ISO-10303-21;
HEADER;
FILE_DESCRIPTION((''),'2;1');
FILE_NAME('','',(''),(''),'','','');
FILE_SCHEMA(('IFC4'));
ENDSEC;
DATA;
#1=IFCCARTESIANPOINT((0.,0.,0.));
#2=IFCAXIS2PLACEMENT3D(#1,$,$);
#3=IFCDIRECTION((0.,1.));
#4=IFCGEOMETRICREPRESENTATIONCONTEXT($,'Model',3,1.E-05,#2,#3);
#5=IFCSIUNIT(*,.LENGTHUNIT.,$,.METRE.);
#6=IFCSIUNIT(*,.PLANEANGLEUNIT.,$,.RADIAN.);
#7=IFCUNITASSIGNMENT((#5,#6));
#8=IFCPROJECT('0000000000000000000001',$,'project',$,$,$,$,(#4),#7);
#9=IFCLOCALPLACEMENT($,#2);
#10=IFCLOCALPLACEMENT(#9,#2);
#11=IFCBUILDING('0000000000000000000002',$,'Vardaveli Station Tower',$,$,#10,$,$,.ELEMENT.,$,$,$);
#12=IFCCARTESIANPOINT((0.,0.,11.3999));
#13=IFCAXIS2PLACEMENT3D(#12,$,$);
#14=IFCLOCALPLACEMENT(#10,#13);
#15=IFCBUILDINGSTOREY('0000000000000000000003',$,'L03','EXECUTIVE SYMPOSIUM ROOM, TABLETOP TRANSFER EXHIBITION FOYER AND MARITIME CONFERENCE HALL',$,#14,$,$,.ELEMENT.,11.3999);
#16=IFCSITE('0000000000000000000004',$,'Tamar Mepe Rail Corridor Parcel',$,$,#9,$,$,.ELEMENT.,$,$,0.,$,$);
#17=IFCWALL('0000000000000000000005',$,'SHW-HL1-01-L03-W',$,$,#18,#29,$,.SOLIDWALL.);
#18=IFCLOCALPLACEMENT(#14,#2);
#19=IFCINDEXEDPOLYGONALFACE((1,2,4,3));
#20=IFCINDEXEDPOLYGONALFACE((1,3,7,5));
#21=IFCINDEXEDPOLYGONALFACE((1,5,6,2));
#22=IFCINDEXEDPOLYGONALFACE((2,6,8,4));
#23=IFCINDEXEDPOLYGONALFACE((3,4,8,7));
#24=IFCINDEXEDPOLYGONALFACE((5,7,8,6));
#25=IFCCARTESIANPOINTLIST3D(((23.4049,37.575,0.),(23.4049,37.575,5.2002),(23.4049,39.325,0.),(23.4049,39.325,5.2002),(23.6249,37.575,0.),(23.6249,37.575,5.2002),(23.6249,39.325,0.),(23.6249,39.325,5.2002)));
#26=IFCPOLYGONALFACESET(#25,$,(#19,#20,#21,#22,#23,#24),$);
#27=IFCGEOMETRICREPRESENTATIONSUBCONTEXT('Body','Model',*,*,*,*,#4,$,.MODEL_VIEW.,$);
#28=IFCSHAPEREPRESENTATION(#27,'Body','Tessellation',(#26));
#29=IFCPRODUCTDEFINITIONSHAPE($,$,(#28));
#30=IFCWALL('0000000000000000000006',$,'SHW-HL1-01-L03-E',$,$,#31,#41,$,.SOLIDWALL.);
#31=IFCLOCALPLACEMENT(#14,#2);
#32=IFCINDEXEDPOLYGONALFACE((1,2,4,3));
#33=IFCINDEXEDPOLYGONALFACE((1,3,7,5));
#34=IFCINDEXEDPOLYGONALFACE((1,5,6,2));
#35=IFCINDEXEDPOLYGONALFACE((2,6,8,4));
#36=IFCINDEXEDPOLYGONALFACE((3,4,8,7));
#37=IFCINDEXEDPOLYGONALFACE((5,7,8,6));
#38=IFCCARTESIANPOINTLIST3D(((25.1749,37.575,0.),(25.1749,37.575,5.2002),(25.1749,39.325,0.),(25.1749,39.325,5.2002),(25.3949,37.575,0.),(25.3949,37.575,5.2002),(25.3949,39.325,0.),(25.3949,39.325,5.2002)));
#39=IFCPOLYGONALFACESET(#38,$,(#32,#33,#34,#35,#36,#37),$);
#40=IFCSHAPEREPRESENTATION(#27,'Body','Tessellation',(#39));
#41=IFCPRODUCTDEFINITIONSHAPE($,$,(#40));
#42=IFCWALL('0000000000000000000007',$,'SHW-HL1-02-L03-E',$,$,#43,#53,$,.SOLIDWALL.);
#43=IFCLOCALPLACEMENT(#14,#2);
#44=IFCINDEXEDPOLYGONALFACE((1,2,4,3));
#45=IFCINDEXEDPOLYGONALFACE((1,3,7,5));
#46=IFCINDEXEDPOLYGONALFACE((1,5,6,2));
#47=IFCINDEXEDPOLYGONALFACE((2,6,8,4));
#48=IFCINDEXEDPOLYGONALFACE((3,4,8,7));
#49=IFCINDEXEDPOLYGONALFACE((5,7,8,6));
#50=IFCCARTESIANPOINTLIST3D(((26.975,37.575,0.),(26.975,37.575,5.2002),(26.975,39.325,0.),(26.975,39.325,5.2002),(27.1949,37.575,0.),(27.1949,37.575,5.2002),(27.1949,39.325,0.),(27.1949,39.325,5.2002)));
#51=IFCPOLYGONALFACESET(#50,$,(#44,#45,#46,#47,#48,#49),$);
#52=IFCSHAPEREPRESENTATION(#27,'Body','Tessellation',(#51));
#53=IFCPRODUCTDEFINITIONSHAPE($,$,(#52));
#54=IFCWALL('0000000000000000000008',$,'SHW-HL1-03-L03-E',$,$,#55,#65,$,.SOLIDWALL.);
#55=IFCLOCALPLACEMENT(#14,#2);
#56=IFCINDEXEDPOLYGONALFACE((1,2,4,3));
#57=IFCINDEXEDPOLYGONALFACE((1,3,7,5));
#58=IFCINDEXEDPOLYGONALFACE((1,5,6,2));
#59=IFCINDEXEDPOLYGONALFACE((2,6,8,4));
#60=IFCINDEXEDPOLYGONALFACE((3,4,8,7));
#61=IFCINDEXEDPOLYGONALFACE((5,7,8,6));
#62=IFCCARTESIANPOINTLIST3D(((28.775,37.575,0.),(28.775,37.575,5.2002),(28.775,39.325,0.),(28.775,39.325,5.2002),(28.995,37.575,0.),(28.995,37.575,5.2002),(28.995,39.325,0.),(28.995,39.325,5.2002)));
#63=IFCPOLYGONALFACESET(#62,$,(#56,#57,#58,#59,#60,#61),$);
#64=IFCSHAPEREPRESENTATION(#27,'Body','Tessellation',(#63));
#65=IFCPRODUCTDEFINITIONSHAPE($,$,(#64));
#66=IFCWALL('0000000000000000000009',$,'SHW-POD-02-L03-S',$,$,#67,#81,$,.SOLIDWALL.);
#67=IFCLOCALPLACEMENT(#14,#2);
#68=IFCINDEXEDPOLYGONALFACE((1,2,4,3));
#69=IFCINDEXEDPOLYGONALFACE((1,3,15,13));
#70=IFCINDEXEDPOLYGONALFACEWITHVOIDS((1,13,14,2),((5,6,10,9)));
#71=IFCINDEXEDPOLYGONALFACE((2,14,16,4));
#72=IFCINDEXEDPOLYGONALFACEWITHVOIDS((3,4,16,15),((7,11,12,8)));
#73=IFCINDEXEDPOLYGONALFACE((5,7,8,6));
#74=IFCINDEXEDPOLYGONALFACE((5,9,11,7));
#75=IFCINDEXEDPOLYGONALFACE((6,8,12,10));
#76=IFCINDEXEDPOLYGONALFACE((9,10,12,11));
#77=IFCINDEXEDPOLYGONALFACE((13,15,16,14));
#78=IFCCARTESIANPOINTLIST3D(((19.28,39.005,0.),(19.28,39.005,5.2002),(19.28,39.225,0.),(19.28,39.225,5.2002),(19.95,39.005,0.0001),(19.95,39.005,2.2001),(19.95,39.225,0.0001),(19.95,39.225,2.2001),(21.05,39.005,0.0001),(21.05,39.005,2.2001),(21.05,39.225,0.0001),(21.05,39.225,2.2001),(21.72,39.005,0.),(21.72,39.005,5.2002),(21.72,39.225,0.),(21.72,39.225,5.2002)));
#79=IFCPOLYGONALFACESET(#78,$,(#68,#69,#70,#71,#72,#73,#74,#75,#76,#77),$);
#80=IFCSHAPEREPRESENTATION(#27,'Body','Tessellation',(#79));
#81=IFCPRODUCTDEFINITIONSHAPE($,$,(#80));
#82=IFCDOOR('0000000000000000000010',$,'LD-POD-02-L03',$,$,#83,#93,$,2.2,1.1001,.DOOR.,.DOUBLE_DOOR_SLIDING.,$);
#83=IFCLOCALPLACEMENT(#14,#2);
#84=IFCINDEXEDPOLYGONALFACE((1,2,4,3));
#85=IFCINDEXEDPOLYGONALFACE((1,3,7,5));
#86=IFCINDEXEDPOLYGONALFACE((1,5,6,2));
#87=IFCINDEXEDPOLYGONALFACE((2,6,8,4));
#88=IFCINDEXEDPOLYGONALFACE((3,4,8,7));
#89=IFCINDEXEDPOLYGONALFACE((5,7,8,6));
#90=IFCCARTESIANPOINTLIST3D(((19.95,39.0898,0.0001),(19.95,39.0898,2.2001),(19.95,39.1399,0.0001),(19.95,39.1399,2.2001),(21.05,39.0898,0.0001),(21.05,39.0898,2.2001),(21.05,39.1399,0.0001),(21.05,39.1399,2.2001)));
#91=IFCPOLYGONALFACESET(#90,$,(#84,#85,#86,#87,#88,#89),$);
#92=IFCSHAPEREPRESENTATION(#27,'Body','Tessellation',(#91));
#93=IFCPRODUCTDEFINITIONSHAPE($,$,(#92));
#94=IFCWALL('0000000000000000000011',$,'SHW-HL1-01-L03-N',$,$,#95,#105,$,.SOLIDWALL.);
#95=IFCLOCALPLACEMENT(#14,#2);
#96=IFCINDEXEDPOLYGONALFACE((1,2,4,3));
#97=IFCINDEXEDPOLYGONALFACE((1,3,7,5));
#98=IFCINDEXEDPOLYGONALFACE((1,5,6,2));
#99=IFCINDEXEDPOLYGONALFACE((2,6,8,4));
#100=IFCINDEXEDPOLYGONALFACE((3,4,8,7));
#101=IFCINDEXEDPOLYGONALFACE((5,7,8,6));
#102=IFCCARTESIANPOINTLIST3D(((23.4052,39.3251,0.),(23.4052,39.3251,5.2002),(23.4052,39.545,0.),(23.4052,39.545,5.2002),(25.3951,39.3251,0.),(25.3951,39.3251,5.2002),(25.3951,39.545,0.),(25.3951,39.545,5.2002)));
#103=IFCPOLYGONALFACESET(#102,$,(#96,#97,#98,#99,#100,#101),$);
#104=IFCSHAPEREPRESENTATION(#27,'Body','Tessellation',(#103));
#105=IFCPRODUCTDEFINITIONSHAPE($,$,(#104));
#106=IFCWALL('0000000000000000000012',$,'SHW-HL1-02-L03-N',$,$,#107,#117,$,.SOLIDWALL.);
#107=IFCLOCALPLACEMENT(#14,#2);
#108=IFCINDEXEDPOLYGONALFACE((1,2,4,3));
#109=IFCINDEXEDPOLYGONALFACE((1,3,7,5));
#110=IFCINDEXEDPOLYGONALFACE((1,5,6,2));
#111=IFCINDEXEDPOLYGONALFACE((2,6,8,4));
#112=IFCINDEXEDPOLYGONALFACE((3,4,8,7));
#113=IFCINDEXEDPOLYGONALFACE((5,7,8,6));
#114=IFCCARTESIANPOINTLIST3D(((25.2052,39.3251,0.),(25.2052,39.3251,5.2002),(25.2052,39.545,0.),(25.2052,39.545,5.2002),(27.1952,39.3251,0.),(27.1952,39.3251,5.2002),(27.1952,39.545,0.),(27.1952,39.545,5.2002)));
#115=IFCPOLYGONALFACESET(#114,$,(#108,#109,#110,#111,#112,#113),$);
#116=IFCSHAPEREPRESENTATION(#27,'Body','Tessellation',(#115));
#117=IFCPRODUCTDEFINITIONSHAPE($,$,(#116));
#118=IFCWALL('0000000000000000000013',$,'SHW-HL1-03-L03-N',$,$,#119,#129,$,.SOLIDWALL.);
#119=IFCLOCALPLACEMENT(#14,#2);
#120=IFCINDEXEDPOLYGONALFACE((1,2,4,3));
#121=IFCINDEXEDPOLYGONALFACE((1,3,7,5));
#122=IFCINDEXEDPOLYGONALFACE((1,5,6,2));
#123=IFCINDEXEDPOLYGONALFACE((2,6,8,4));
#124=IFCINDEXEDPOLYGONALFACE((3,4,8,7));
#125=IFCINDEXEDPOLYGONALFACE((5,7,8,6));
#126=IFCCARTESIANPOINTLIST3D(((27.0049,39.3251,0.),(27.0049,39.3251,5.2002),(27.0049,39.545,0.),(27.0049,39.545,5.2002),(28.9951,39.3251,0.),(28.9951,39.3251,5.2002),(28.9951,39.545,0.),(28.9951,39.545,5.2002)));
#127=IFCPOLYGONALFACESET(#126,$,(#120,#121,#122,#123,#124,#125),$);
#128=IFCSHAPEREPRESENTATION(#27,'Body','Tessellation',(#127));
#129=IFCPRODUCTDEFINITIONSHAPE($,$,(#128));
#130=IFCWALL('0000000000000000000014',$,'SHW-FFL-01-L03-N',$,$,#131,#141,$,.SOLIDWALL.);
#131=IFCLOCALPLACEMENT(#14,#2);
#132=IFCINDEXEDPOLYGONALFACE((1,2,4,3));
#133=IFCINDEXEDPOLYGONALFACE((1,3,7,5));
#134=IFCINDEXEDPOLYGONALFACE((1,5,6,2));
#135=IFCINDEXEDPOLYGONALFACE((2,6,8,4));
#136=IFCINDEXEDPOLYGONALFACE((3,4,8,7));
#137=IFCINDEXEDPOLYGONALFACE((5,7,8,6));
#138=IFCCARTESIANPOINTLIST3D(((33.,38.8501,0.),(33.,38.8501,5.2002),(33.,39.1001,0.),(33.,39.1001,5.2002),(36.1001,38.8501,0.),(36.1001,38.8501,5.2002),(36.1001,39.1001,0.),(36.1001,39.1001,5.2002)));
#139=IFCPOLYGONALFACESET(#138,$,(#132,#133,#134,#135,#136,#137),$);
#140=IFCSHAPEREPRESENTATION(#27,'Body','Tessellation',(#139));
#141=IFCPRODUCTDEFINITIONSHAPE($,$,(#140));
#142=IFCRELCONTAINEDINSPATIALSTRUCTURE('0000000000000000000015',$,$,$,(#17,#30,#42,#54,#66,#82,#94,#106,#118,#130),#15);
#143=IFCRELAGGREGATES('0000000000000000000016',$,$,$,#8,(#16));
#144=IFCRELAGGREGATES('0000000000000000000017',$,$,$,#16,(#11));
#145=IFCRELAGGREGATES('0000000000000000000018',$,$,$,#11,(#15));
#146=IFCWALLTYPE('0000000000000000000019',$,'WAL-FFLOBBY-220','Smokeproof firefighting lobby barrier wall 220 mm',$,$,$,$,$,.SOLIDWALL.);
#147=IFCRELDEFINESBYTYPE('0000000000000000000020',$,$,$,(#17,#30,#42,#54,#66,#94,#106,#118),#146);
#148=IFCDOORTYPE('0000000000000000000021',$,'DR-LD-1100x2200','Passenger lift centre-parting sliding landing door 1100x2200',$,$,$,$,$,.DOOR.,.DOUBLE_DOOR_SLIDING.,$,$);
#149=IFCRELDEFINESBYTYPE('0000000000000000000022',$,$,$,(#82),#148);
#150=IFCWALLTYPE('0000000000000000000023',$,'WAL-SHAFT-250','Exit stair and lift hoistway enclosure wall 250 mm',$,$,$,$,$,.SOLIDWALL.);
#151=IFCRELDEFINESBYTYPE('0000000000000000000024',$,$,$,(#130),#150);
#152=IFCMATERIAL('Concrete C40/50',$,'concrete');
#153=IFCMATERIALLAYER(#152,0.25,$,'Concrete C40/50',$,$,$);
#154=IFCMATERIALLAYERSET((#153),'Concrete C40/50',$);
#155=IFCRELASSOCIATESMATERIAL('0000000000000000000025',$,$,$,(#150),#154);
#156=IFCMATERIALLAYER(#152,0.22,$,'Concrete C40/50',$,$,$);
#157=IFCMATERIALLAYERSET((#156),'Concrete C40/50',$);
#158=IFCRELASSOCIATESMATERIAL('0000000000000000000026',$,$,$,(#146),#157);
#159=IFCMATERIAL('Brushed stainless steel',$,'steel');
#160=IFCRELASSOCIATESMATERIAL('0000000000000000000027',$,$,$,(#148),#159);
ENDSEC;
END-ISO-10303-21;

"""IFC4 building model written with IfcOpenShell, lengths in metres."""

from ifc_helpers import new_model, si_unit, direction, frame, frame_2d, origin, place, context, subcontext, project, spatial, rectangle, extrude, source, transform, mapped, material, layer, layer_set, type_object, element, fill, save


model = new_model("IFC4")

# Units and contexts
model_context = context("Model", 3, precision=1e-05, world=origin(), true_north=direction((0.0, 1.0)))
body_context = subcontext(model_context, "Body", "Model", "MODEL_VIEW")
ifc_project = project(units=[si_unit("LENGTHUNIT", "METRE"), si_unit("PLANEANGLEUNIT", "RADIAN")], contexts=[model_context])

# Site, building, storey
site_placement = place(None, origin())
site = spatial("IfcSite", under=ifc_project, at=site_placement, Name="Tamar Mepe Rail Corridor Parcel", CompositionType="ELEMENT", RefElevation=0.0)
building_placement = place(site_placement, origin())
building = spatial("IfcBuilding", under=site, at=building_placement, Name="Vardaveli Station Tower", CompositionType="ELEMENT")
storey_placement = place(building_placement, frame((0.0, 0.0, 11.3999)))
storey = spatial("IfcBuildingStorey", under=building, at=storey_placement, Name="L03", Description="EXECUTIVE SYMPOSIUM ROOM, TABLETOP TRANSFER EXHIBITION FOYER AND MARITIME CONFERENCE HALL", CompositionType="ELEMENT", Elevation=11.3999)

# Shared definitions
ifc_material_1 = material(Name="Concrete C40/50", Category="concrete")
ifc_layer_1 = layer(ifc_material_1, 0.25, Name="Concrete C40/50")
ifc_layer_set_1 = layer_set([ifc_layer_1], Name="Concrete C40/50")
wall_type_1 = type_object("IfcWallType", Name="WAL-SHAFT-250", Description="Exit stair and lift hoistway enclosure wall 250 mm", PredefinedType="SOLIDWALL", material=ifc_layer_set_1)

# Shared definitions
ifc_layer_2 = layer(ifc_material_1, 0.22, Name="Concrete C40/50")
ifc_layer_set_2 = layer_set([ifc_layer_2], Name="Concrete C40/50")
wall_type_2 = type_object("IfcWallType", Name="WAL-FFLOBBY-220", Description="Smokeproof firefighting lobby barrier wall 220 mm", PredefinedType="SOLIDWALL", material=ifc_layer_set_2)
shared_shape_1 = source(origin(), body_context, "Body", "SweptSolid", [
    extrude(rectangle(XDim=1.1001, YDim=2.2, at=frame_2d((0.55, 1.1001))), frame((0.0, 0.1201, 0.0), z_axis=(0.0, -1.0, 0.0), x_axis=(1.0, 0.0, 0.0)), (0.0, 0.0, 1.0), 0.24),
])
ifc_material_2 = material(Name="Brushed stainless steel", Category="steel")
door_type = type_object("IfcDoorType", Name="DR-LD-1100x2200", Description="Passenger lift centre-parting sliding landing door 1100x2200", OperationType="DOUBLE_DOOR_SLIDING", PredefinedType="DOOR", material=ifc_material_2)
shared_shape_2 = source(origin(), body_context, "Body", "SweptSolid", [
    extrude(rectangle(XDim=1.1001, YDim=2.2, at=frame_2d((0.55, 1.1001))), frame((0.0, 0.0249, 0.0), z_axis=(0.0, -1.0, 0.0), x_axis=(1.0, 0.0, 0.0)), (0.0, 0.0, 1.0), 0.05),
])

# Walls
shared_shape_3 = source(origin(), body_context, "Body", "SweptSolid", [
    extrude(rectangle(XDim=1.75, YDim=0.22, at=frame_2d((0.875, 0.0))), origin(), (0.0, 0.0, 1.0), 5.2002),
])
for number, where, z_axis, x_axis, name in (
    (1, (23.5149, 37.575, 0.0), (0.0, 0.0, 1.0), (0.0, 1.0, 0.0), "SHW-HL1-01-L03-W"),
    (2, (25.2849, 37.575, 0.0), (0.0, 0.0, 1.0), (0.0, 1.0, 0.0), "SHW-HL1-01-L03-E"),
    (3, (27.085, 37.575, 0.0), (0.0, 0.0, 1.0), (0.0, 1.0, 0.0), "SHW-HL1-02-L03-E"),
    (4, (28.885, 37.575, 0.0), (0.0, 0.0, 1.0), (0.0, 1.0, 0.0), "SHW-HL1-03-L03-E"),
):
    element("IfcWall", number, at=place(storey_placement, frame(where, z_axis=z_axis, x_axis=x_axis)), inside=storey, type_object=wall_type_2, Name=name, PredefinedType="SOLIDWALL", context=body_context, shape_type="MappedRepresentation", body=[
        mapped(shared_shape_3, transform((0.0, 0.0, 0.0), scale=1.0)),
    ])

# Wall, opening, door
shared_shape_4 = source(origin(), body_context, "Body", "SweptSolid", [
    extrude(rectangle(XDim=2.4399, YDim=0.22, at=frame_2d((1.22, 0.0))), origin(), (0.0, 0.0, 1.0), 5.2002),
])
wall_1_placement = place(storey_placement, frame((19.28, 39.115, 0.0), z_axis=(0.0, 0.0, 1.0), x_axis=(1.0, 0.0, 0.0)))
wall_1 = element("IfcWall", 5, at=wall_1_placement, inside=storey, type_object=wall_type_2, Name="SHW-POD-02-L03-S", PredefinedType="SOLIDWALL", context=body_context, shape_type="MappedRepresentation", body=[
    mapped(shared_shape_4, transform((0.0, 0.0, 0.0), scale=1.0)),
])
opening_1_placement = place(wall_1_placement, frame((0.6699, 0.0, 0.0)))
opening_1 = element("IfcOpeningElement", 6, at=opening_1_placement, cuts=wall_1, PredefinedType="OPENING", context=body_context, shape_type="MappedRepresentation", body=[
    mapped(shared_shape_1, transform((0.0, 0.0, 0.0), scale=1.0)),
])
door_1_placement = place(opening_1_placement, origin())
door_1 = element("IfcDoor", 7, at=door_1_placement, inside=storey, type_object=door_type, Name="LD-POD-02-L03", OperationType="DOUBLE_DOOR_SLIDING", OverallHeight=2.2, OverallWidth=1.1001, PredefinedType="DOOR", context=body_context, shape_type="MappedRepresentation", body=[
    mapped(shared_shape_2, transform((0.0, 0.0, 0.0), scale=1.0)),
])
fill(opening_1, door_1)

# Walls
shared_shape_5 = source(origin(), body_context, "Body", "SweptSolid", [
    extrude(rectangle(XDim=1.99, YDim=0.22, at=frame_2d((0.9951, 0.0))), origin(), (0.0, 0.0, 1.0), 5.2002),
])
for number, where, z_axis, x_axis, name in (
    (8, (23.405, 39.4351, 0.0), (0.0, 0.0, 1.0), (1.0, 0.0, 0.0), "SHW-HL1-01-L03-N"),
    (9, (25.2051, 39.4351, 0.0), (0.0, 0.0, 1.0), (1.0, 0.0, 0.0), "SHW-HL1-02-L03-N"),
):
    element("IfcWall", number, at=place(storey_placement, frame(where, z_axis=z_axis, x_axis=x_axis)), inside=storey, type_object=wall_type_2, Name=name, PredefinedType="SOLIDWALL", context=body_context, shape_type="MappedRepresentation", body=[
        mapped(shared_shape_5, transform((0.0, 0.0, 0.0), scale=1.0)),
    ])
shared_shape_6 = source(origin(), body_context, "Body", "SweptSolid", [
    extrude(rectangle(XDim=1.9902, YDim=0.22, at=frame_2d((0.9951, 0.0))), origin(), (0.0, 0.0, 1.0), 5.2002),
])
wall_2_placement = place(storey_placement, frame((27.0049, 39.4351, 0.0), z_axis=(0.0, 0.0, 1.0), x_axis=(1.0, 0.0, 0.0)))
element("IfcWall", 10, at=wall_2_placement, inside=storey, type_object=wall_type_2, Name="SHW-HL1-03-L03-N", PredefinedType="SOLIDWALL", context=body_context, shape_type="MappedRepresentation", body=[
    mapped(shared_shape_6, transform((0.0, 0.0, 0.0), scale=1.0)),
])
shared_shape_7 = source(origin(), body_context, "Body", "SweptSolid", [
    extrude(rectangle(XDim=3.1001, YDim=0.25, at=frame_2d((1.55, 0.0))), origin(), (0.0, 0.0, 1.0), 5.2002),
])
wall_3_placement = place(storey_placement, frame((33.0, 38.9751, 0.0), z_axis=(0.0, 0.0, 1.0), x_axis=(1.0, 0.0, 0.0)))
element("IfcWall", 11, at=wall_3_placement, inside=storey, type_object=wall_type_1, Name="SHW-FFL-01-L03-N", PredefinedType="SOLIDWALL", context=body_context, shape_type="MappedRepresentation", body=[
    mapped(shared_shape_7, transform((0.0, 0.0, 0.0), scale=1.0)),
])

save(model, "model.ifc")
